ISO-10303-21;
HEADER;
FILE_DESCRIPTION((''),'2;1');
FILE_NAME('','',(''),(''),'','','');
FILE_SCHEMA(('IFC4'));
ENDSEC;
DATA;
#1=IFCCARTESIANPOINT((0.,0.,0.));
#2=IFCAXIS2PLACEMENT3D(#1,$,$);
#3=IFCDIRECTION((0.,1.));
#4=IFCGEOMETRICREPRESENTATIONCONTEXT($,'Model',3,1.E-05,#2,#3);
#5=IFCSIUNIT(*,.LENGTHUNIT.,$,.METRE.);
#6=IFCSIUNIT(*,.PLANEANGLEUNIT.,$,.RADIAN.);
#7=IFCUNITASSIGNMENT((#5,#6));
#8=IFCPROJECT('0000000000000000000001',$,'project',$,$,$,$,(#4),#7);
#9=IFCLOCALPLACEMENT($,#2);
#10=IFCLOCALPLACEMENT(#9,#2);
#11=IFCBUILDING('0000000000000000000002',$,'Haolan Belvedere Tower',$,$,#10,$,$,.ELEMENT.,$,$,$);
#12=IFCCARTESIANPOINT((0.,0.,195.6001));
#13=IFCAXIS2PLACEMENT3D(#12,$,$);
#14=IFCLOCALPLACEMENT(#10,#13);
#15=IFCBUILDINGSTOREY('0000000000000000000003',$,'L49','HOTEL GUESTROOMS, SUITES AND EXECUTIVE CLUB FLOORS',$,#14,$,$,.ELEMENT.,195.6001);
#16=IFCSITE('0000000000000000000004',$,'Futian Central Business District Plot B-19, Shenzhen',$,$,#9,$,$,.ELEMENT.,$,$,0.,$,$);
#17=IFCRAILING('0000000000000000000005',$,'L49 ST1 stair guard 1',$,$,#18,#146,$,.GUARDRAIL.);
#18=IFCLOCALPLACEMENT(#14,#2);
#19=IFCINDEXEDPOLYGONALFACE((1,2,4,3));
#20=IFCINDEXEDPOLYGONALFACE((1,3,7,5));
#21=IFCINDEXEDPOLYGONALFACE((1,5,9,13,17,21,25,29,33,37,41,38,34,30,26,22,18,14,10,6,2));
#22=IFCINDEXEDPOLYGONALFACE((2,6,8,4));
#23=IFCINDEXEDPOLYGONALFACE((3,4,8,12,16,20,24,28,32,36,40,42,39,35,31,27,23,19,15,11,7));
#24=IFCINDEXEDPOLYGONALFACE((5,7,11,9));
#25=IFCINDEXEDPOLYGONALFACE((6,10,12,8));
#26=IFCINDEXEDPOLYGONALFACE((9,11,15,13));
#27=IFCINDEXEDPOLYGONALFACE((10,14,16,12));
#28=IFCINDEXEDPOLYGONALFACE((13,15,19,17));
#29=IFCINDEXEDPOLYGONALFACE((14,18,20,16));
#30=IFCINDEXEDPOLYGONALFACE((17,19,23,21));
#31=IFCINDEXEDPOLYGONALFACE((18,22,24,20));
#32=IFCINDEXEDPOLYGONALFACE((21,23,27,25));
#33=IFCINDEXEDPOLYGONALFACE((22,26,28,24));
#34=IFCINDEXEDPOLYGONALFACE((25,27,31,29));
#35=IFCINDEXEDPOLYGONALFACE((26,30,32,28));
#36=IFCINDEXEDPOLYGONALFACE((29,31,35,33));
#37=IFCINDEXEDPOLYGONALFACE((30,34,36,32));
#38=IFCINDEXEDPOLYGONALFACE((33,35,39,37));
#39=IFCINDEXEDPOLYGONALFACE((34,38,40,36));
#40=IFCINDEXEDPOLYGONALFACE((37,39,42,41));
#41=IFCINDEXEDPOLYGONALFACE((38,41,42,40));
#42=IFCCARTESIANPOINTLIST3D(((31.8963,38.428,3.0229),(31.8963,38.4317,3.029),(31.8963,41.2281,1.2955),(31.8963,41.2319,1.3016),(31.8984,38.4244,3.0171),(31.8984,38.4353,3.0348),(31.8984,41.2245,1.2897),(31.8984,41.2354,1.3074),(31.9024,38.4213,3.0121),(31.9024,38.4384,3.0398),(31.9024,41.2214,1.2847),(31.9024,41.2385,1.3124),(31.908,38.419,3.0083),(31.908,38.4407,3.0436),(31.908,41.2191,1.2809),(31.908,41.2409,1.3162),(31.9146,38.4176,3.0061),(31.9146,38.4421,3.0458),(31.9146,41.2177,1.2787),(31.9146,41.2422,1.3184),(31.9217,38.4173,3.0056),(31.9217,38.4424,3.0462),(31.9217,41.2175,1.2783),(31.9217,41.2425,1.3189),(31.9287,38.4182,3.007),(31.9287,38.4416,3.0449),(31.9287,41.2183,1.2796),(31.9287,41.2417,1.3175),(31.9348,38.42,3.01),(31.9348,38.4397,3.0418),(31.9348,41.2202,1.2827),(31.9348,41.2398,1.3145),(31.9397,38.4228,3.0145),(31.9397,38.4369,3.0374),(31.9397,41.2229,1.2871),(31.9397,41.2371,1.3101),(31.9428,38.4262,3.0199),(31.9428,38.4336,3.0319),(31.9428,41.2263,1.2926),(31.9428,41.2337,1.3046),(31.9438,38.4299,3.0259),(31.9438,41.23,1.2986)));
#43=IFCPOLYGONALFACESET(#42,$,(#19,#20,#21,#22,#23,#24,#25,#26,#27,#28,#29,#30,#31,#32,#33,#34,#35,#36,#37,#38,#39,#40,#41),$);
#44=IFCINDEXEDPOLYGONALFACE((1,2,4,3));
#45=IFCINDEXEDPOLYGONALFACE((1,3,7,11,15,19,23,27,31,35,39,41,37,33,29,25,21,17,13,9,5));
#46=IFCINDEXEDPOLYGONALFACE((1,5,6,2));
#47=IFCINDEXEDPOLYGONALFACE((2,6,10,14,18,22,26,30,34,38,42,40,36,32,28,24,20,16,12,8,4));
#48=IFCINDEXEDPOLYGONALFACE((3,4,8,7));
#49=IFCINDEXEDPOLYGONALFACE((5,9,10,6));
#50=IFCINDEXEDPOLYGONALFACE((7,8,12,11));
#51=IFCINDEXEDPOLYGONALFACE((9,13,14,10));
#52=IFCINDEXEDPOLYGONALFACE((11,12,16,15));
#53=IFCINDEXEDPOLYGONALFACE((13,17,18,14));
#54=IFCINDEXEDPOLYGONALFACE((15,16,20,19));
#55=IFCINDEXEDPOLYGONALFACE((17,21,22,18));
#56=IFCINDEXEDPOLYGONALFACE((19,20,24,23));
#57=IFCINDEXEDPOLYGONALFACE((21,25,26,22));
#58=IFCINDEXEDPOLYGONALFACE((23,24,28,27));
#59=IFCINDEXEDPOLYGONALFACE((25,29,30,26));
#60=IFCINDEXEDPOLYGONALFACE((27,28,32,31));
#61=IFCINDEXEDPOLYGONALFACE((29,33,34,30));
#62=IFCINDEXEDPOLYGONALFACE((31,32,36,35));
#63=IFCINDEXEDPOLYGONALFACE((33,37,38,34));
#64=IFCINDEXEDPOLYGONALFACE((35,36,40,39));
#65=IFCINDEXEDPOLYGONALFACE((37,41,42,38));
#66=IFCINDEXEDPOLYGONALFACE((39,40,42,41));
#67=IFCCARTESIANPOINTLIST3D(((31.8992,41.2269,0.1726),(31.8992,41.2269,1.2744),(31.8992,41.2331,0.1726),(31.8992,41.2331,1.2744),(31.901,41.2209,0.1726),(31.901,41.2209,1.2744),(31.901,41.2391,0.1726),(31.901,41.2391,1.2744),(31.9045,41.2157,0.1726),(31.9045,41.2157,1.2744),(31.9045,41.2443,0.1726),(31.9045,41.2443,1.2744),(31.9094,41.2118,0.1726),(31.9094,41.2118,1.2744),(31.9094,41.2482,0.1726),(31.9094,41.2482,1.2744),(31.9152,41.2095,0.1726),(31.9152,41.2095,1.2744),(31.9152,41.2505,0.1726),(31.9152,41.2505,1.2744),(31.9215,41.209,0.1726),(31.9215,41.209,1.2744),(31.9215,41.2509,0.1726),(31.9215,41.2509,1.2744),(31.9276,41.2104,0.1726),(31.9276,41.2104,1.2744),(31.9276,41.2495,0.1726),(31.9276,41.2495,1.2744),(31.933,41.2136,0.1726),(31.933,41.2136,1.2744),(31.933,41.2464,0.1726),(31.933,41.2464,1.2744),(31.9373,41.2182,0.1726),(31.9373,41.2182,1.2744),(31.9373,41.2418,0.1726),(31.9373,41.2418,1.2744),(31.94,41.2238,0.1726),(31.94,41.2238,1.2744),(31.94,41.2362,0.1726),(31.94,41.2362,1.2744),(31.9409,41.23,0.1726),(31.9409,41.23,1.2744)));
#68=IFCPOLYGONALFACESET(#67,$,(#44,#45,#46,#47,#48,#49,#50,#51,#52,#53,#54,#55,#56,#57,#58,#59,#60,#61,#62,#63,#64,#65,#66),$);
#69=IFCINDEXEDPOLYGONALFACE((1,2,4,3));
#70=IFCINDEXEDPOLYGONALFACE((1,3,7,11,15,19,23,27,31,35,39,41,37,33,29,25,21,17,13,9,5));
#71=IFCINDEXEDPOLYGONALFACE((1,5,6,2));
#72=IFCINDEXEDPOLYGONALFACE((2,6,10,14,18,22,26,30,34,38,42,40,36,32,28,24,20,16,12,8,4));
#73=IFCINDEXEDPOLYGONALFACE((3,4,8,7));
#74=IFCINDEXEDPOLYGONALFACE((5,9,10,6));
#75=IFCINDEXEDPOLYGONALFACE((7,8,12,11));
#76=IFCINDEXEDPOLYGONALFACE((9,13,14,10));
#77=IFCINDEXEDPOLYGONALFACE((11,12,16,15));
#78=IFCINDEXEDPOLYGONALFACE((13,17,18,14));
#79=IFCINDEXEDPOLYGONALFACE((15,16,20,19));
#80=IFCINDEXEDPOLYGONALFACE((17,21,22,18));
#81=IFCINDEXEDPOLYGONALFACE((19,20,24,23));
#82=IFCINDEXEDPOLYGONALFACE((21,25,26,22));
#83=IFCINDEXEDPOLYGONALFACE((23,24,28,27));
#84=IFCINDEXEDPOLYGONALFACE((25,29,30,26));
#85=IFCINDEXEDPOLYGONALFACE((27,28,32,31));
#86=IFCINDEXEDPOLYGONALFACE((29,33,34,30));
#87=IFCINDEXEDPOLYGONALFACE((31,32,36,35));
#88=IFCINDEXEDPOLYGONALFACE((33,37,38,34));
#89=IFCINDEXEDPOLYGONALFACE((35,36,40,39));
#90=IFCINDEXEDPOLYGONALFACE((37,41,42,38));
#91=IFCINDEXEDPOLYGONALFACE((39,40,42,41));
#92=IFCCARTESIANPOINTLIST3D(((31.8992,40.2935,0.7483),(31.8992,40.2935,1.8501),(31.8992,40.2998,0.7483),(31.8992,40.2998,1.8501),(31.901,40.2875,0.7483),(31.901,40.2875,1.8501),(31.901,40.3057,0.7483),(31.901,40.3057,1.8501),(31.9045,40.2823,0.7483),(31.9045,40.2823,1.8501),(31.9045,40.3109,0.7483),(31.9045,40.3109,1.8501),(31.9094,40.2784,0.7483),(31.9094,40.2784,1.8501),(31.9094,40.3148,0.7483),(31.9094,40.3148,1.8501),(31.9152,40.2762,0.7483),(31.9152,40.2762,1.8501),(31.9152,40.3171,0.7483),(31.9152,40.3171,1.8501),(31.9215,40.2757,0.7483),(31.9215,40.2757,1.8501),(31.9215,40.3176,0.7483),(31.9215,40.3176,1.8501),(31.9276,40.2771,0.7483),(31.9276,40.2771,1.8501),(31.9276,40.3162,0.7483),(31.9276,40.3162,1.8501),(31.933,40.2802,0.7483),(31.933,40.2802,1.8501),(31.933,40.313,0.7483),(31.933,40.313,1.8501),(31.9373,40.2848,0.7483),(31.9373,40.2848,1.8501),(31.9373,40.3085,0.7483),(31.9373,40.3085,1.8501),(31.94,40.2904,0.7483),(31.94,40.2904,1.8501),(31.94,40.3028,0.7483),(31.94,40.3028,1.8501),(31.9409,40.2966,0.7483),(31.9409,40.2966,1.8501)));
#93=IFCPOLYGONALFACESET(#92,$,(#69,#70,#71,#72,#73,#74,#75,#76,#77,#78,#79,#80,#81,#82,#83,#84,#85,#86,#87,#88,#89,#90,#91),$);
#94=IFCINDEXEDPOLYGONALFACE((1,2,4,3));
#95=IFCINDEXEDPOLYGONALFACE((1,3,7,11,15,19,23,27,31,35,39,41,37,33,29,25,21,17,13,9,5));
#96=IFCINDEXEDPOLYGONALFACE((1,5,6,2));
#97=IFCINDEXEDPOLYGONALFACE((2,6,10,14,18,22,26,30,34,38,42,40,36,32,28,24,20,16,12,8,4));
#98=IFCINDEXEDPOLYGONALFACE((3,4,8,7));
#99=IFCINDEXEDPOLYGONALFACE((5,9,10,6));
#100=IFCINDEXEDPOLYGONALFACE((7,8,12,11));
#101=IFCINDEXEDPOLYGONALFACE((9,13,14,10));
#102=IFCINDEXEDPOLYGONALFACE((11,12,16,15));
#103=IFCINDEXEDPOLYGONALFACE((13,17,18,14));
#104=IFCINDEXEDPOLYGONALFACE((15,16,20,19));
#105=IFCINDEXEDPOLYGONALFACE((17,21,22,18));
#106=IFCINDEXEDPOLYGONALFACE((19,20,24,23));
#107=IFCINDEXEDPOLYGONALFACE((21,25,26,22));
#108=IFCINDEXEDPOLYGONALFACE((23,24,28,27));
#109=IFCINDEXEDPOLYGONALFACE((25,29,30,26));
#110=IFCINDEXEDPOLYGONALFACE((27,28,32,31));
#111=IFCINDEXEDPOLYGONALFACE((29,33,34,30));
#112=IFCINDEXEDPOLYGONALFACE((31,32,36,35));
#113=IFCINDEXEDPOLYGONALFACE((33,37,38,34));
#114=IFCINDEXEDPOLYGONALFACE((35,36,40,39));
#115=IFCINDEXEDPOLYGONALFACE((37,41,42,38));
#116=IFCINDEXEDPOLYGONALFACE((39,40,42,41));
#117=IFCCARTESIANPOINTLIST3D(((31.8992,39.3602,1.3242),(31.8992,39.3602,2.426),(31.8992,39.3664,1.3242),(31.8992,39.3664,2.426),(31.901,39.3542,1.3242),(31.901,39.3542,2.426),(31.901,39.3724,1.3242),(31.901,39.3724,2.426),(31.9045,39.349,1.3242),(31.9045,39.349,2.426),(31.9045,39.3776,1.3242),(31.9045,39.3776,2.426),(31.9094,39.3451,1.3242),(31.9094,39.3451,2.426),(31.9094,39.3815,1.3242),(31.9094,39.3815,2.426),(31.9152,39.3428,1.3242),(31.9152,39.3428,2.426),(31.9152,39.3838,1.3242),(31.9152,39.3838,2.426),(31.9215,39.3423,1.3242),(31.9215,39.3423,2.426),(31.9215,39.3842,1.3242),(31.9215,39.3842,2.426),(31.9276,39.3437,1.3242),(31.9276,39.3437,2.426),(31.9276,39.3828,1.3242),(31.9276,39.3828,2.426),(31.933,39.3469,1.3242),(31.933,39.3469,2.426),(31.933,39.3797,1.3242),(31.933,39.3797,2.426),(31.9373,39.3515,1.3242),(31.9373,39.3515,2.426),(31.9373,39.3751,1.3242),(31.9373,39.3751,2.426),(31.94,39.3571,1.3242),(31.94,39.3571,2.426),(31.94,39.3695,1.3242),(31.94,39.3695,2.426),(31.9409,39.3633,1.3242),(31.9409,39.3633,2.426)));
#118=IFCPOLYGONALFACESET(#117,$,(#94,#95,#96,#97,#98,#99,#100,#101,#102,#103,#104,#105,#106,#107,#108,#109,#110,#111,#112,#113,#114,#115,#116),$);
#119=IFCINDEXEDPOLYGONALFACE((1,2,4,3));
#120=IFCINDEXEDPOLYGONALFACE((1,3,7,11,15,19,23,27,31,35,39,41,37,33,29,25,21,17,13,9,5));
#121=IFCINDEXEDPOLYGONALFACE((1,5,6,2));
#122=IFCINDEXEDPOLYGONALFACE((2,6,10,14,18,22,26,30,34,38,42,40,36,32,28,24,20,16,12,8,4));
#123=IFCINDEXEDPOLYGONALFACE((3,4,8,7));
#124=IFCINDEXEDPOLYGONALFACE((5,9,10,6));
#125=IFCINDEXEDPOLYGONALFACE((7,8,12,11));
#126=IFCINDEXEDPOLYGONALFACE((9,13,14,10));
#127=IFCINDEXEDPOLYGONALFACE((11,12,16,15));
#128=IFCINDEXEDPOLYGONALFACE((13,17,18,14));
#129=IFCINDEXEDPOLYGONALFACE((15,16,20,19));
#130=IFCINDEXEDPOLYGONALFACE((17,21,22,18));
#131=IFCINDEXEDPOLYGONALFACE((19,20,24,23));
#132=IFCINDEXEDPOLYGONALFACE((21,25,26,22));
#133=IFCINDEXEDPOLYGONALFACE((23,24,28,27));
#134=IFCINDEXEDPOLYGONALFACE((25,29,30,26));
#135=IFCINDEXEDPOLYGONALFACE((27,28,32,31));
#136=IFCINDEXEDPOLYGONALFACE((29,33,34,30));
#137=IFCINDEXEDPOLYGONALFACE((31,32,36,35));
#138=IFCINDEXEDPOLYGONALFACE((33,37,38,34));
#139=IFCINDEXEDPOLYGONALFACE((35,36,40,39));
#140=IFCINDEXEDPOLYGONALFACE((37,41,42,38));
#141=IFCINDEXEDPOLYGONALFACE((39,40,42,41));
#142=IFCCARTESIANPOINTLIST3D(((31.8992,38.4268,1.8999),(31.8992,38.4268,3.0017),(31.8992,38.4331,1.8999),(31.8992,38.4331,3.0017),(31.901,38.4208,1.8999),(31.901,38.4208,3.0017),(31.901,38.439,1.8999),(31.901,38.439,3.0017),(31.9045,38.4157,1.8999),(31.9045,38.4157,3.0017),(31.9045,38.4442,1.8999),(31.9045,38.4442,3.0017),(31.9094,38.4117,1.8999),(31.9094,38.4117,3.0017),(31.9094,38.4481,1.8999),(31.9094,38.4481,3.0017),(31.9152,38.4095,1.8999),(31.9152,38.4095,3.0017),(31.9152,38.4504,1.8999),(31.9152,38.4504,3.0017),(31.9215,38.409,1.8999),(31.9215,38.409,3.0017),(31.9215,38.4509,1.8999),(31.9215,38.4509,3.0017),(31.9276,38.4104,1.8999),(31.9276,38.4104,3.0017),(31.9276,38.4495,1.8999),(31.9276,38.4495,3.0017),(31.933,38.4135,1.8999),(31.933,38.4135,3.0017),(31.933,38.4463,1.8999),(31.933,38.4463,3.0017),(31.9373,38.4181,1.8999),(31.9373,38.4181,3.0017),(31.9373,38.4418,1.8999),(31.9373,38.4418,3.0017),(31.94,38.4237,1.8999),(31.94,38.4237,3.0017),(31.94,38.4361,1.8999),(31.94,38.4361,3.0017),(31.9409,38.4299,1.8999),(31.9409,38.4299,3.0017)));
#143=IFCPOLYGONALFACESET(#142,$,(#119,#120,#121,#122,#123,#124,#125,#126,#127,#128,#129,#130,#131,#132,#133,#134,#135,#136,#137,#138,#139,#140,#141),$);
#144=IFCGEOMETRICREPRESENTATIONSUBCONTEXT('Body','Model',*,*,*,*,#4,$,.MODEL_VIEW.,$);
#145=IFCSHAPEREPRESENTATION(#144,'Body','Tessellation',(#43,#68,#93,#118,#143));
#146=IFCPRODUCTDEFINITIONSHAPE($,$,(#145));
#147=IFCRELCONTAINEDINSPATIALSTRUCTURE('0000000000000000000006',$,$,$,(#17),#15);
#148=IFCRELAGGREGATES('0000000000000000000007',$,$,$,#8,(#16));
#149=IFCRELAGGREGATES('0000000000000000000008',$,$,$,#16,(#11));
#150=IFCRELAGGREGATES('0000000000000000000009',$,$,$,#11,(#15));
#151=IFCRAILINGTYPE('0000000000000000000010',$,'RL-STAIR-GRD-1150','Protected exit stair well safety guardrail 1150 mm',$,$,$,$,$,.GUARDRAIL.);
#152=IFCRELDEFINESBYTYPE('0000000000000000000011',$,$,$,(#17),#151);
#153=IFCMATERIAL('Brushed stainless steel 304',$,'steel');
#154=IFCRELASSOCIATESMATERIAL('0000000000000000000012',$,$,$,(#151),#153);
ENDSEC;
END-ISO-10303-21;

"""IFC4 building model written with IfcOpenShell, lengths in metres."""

from ifc_helpers import new_model, si_unit, direction, frame, origin, origin_2d, place, context, subcontext, project, spatial, circle, extrude, material, type_object, element, save


model = new_model("IFC4")

# Units and contexts
model_context = context("Model", 3, precision=1e-05, world=origin(), true_north=direction((0.0, 1.0)))
body_context = subcontext(model_context, "Body", "Model", "MODEL_VIEW")
ifc_project = project(units=[si_unit("LENGTHUNIT", "METRE"), si_unit("PLANEANGLEUNIT", "RADIAN")], contexts=[model_context])

# Site, building, storey
site_placement = place(None, origin())
site = spatial("IfcSite", under=ifc_project, at=site_placement, Name="Futian Central Business District Plot B-19, Shenzhen", CompositionType="ELEMENT", RefElevation=0.0)
building_placement = place(site_placement, origin())
building = spatial("IfcBuilding", under=site, at=building_placement, Name="Haolan Belvedere Tower", CompositionType="ELEMENT")
storey_placement = place(building_placement, frame((0.0, 0.0, 195.6001)))
storey = spatial("IfcBuildingStorey", under=building, at=storey_placement, Name="L49", Description="HOTEL GUESTROOMS, SUITES AND EXECUTIVE CLUB FLOORS", CompositionType="ELEMENT", Elevation=195.6001)

# Railing
ifc_material_1 = material(Name="Brushed stainless steel 304", Category="steel")
railing_type_1 = type_object("IfcRailingType", Name="RL-STAIR-GRD-1150", Description="Protected exit stair well safety guardrail 1150 mm", PredefinedType="GUARDRAIL", material=ifc_material_1)
railing_1_placement = place(storey_placement, frame((31.9199, 41.23, 0.1726)))
element("IfcRailing", 1, at=railing_1_placement, inside=storey, type_object=railing_type_1, Name="L49 ST1 stair guard 1", PredefinedType="GUARDRAIL", context=body_context, shape_type="SweptSolid", body=[
    extrude(circle(Radius=0.0239, at=origin_2d()), frame((0.0, 0.0, 1.126), z_axis=(0.0, -0.85109, 0.52502), x_axis=(1.0, 0.0, 0.0)), (0.0, 0.0, 1.0), 3.29),
    extrude(circle(Radius=0.021, at=origin_2d()), origin(), (0.0, 0.0, 1.0), 1.1018),
    extrude(circle(Radius=0.021, at=origin_2d()), frame((0.0, -0.9333, 0.5757)), (0.0, 0.0, 1.0), 1.1018),
    extrude(circle(Radius=0.021, at=origin_2d()), frame((0.0, -1.8667, 1.1516)), (0.0, 0.0, 1.0), 1.1018),
    extrude(circle(Radius=0.021, at=origin_2d()), frame((0.0, -2.8, 1.7273)), (0.0, 0.0, 1.0), 1.1018),
])

save(model, "model.ifc")
